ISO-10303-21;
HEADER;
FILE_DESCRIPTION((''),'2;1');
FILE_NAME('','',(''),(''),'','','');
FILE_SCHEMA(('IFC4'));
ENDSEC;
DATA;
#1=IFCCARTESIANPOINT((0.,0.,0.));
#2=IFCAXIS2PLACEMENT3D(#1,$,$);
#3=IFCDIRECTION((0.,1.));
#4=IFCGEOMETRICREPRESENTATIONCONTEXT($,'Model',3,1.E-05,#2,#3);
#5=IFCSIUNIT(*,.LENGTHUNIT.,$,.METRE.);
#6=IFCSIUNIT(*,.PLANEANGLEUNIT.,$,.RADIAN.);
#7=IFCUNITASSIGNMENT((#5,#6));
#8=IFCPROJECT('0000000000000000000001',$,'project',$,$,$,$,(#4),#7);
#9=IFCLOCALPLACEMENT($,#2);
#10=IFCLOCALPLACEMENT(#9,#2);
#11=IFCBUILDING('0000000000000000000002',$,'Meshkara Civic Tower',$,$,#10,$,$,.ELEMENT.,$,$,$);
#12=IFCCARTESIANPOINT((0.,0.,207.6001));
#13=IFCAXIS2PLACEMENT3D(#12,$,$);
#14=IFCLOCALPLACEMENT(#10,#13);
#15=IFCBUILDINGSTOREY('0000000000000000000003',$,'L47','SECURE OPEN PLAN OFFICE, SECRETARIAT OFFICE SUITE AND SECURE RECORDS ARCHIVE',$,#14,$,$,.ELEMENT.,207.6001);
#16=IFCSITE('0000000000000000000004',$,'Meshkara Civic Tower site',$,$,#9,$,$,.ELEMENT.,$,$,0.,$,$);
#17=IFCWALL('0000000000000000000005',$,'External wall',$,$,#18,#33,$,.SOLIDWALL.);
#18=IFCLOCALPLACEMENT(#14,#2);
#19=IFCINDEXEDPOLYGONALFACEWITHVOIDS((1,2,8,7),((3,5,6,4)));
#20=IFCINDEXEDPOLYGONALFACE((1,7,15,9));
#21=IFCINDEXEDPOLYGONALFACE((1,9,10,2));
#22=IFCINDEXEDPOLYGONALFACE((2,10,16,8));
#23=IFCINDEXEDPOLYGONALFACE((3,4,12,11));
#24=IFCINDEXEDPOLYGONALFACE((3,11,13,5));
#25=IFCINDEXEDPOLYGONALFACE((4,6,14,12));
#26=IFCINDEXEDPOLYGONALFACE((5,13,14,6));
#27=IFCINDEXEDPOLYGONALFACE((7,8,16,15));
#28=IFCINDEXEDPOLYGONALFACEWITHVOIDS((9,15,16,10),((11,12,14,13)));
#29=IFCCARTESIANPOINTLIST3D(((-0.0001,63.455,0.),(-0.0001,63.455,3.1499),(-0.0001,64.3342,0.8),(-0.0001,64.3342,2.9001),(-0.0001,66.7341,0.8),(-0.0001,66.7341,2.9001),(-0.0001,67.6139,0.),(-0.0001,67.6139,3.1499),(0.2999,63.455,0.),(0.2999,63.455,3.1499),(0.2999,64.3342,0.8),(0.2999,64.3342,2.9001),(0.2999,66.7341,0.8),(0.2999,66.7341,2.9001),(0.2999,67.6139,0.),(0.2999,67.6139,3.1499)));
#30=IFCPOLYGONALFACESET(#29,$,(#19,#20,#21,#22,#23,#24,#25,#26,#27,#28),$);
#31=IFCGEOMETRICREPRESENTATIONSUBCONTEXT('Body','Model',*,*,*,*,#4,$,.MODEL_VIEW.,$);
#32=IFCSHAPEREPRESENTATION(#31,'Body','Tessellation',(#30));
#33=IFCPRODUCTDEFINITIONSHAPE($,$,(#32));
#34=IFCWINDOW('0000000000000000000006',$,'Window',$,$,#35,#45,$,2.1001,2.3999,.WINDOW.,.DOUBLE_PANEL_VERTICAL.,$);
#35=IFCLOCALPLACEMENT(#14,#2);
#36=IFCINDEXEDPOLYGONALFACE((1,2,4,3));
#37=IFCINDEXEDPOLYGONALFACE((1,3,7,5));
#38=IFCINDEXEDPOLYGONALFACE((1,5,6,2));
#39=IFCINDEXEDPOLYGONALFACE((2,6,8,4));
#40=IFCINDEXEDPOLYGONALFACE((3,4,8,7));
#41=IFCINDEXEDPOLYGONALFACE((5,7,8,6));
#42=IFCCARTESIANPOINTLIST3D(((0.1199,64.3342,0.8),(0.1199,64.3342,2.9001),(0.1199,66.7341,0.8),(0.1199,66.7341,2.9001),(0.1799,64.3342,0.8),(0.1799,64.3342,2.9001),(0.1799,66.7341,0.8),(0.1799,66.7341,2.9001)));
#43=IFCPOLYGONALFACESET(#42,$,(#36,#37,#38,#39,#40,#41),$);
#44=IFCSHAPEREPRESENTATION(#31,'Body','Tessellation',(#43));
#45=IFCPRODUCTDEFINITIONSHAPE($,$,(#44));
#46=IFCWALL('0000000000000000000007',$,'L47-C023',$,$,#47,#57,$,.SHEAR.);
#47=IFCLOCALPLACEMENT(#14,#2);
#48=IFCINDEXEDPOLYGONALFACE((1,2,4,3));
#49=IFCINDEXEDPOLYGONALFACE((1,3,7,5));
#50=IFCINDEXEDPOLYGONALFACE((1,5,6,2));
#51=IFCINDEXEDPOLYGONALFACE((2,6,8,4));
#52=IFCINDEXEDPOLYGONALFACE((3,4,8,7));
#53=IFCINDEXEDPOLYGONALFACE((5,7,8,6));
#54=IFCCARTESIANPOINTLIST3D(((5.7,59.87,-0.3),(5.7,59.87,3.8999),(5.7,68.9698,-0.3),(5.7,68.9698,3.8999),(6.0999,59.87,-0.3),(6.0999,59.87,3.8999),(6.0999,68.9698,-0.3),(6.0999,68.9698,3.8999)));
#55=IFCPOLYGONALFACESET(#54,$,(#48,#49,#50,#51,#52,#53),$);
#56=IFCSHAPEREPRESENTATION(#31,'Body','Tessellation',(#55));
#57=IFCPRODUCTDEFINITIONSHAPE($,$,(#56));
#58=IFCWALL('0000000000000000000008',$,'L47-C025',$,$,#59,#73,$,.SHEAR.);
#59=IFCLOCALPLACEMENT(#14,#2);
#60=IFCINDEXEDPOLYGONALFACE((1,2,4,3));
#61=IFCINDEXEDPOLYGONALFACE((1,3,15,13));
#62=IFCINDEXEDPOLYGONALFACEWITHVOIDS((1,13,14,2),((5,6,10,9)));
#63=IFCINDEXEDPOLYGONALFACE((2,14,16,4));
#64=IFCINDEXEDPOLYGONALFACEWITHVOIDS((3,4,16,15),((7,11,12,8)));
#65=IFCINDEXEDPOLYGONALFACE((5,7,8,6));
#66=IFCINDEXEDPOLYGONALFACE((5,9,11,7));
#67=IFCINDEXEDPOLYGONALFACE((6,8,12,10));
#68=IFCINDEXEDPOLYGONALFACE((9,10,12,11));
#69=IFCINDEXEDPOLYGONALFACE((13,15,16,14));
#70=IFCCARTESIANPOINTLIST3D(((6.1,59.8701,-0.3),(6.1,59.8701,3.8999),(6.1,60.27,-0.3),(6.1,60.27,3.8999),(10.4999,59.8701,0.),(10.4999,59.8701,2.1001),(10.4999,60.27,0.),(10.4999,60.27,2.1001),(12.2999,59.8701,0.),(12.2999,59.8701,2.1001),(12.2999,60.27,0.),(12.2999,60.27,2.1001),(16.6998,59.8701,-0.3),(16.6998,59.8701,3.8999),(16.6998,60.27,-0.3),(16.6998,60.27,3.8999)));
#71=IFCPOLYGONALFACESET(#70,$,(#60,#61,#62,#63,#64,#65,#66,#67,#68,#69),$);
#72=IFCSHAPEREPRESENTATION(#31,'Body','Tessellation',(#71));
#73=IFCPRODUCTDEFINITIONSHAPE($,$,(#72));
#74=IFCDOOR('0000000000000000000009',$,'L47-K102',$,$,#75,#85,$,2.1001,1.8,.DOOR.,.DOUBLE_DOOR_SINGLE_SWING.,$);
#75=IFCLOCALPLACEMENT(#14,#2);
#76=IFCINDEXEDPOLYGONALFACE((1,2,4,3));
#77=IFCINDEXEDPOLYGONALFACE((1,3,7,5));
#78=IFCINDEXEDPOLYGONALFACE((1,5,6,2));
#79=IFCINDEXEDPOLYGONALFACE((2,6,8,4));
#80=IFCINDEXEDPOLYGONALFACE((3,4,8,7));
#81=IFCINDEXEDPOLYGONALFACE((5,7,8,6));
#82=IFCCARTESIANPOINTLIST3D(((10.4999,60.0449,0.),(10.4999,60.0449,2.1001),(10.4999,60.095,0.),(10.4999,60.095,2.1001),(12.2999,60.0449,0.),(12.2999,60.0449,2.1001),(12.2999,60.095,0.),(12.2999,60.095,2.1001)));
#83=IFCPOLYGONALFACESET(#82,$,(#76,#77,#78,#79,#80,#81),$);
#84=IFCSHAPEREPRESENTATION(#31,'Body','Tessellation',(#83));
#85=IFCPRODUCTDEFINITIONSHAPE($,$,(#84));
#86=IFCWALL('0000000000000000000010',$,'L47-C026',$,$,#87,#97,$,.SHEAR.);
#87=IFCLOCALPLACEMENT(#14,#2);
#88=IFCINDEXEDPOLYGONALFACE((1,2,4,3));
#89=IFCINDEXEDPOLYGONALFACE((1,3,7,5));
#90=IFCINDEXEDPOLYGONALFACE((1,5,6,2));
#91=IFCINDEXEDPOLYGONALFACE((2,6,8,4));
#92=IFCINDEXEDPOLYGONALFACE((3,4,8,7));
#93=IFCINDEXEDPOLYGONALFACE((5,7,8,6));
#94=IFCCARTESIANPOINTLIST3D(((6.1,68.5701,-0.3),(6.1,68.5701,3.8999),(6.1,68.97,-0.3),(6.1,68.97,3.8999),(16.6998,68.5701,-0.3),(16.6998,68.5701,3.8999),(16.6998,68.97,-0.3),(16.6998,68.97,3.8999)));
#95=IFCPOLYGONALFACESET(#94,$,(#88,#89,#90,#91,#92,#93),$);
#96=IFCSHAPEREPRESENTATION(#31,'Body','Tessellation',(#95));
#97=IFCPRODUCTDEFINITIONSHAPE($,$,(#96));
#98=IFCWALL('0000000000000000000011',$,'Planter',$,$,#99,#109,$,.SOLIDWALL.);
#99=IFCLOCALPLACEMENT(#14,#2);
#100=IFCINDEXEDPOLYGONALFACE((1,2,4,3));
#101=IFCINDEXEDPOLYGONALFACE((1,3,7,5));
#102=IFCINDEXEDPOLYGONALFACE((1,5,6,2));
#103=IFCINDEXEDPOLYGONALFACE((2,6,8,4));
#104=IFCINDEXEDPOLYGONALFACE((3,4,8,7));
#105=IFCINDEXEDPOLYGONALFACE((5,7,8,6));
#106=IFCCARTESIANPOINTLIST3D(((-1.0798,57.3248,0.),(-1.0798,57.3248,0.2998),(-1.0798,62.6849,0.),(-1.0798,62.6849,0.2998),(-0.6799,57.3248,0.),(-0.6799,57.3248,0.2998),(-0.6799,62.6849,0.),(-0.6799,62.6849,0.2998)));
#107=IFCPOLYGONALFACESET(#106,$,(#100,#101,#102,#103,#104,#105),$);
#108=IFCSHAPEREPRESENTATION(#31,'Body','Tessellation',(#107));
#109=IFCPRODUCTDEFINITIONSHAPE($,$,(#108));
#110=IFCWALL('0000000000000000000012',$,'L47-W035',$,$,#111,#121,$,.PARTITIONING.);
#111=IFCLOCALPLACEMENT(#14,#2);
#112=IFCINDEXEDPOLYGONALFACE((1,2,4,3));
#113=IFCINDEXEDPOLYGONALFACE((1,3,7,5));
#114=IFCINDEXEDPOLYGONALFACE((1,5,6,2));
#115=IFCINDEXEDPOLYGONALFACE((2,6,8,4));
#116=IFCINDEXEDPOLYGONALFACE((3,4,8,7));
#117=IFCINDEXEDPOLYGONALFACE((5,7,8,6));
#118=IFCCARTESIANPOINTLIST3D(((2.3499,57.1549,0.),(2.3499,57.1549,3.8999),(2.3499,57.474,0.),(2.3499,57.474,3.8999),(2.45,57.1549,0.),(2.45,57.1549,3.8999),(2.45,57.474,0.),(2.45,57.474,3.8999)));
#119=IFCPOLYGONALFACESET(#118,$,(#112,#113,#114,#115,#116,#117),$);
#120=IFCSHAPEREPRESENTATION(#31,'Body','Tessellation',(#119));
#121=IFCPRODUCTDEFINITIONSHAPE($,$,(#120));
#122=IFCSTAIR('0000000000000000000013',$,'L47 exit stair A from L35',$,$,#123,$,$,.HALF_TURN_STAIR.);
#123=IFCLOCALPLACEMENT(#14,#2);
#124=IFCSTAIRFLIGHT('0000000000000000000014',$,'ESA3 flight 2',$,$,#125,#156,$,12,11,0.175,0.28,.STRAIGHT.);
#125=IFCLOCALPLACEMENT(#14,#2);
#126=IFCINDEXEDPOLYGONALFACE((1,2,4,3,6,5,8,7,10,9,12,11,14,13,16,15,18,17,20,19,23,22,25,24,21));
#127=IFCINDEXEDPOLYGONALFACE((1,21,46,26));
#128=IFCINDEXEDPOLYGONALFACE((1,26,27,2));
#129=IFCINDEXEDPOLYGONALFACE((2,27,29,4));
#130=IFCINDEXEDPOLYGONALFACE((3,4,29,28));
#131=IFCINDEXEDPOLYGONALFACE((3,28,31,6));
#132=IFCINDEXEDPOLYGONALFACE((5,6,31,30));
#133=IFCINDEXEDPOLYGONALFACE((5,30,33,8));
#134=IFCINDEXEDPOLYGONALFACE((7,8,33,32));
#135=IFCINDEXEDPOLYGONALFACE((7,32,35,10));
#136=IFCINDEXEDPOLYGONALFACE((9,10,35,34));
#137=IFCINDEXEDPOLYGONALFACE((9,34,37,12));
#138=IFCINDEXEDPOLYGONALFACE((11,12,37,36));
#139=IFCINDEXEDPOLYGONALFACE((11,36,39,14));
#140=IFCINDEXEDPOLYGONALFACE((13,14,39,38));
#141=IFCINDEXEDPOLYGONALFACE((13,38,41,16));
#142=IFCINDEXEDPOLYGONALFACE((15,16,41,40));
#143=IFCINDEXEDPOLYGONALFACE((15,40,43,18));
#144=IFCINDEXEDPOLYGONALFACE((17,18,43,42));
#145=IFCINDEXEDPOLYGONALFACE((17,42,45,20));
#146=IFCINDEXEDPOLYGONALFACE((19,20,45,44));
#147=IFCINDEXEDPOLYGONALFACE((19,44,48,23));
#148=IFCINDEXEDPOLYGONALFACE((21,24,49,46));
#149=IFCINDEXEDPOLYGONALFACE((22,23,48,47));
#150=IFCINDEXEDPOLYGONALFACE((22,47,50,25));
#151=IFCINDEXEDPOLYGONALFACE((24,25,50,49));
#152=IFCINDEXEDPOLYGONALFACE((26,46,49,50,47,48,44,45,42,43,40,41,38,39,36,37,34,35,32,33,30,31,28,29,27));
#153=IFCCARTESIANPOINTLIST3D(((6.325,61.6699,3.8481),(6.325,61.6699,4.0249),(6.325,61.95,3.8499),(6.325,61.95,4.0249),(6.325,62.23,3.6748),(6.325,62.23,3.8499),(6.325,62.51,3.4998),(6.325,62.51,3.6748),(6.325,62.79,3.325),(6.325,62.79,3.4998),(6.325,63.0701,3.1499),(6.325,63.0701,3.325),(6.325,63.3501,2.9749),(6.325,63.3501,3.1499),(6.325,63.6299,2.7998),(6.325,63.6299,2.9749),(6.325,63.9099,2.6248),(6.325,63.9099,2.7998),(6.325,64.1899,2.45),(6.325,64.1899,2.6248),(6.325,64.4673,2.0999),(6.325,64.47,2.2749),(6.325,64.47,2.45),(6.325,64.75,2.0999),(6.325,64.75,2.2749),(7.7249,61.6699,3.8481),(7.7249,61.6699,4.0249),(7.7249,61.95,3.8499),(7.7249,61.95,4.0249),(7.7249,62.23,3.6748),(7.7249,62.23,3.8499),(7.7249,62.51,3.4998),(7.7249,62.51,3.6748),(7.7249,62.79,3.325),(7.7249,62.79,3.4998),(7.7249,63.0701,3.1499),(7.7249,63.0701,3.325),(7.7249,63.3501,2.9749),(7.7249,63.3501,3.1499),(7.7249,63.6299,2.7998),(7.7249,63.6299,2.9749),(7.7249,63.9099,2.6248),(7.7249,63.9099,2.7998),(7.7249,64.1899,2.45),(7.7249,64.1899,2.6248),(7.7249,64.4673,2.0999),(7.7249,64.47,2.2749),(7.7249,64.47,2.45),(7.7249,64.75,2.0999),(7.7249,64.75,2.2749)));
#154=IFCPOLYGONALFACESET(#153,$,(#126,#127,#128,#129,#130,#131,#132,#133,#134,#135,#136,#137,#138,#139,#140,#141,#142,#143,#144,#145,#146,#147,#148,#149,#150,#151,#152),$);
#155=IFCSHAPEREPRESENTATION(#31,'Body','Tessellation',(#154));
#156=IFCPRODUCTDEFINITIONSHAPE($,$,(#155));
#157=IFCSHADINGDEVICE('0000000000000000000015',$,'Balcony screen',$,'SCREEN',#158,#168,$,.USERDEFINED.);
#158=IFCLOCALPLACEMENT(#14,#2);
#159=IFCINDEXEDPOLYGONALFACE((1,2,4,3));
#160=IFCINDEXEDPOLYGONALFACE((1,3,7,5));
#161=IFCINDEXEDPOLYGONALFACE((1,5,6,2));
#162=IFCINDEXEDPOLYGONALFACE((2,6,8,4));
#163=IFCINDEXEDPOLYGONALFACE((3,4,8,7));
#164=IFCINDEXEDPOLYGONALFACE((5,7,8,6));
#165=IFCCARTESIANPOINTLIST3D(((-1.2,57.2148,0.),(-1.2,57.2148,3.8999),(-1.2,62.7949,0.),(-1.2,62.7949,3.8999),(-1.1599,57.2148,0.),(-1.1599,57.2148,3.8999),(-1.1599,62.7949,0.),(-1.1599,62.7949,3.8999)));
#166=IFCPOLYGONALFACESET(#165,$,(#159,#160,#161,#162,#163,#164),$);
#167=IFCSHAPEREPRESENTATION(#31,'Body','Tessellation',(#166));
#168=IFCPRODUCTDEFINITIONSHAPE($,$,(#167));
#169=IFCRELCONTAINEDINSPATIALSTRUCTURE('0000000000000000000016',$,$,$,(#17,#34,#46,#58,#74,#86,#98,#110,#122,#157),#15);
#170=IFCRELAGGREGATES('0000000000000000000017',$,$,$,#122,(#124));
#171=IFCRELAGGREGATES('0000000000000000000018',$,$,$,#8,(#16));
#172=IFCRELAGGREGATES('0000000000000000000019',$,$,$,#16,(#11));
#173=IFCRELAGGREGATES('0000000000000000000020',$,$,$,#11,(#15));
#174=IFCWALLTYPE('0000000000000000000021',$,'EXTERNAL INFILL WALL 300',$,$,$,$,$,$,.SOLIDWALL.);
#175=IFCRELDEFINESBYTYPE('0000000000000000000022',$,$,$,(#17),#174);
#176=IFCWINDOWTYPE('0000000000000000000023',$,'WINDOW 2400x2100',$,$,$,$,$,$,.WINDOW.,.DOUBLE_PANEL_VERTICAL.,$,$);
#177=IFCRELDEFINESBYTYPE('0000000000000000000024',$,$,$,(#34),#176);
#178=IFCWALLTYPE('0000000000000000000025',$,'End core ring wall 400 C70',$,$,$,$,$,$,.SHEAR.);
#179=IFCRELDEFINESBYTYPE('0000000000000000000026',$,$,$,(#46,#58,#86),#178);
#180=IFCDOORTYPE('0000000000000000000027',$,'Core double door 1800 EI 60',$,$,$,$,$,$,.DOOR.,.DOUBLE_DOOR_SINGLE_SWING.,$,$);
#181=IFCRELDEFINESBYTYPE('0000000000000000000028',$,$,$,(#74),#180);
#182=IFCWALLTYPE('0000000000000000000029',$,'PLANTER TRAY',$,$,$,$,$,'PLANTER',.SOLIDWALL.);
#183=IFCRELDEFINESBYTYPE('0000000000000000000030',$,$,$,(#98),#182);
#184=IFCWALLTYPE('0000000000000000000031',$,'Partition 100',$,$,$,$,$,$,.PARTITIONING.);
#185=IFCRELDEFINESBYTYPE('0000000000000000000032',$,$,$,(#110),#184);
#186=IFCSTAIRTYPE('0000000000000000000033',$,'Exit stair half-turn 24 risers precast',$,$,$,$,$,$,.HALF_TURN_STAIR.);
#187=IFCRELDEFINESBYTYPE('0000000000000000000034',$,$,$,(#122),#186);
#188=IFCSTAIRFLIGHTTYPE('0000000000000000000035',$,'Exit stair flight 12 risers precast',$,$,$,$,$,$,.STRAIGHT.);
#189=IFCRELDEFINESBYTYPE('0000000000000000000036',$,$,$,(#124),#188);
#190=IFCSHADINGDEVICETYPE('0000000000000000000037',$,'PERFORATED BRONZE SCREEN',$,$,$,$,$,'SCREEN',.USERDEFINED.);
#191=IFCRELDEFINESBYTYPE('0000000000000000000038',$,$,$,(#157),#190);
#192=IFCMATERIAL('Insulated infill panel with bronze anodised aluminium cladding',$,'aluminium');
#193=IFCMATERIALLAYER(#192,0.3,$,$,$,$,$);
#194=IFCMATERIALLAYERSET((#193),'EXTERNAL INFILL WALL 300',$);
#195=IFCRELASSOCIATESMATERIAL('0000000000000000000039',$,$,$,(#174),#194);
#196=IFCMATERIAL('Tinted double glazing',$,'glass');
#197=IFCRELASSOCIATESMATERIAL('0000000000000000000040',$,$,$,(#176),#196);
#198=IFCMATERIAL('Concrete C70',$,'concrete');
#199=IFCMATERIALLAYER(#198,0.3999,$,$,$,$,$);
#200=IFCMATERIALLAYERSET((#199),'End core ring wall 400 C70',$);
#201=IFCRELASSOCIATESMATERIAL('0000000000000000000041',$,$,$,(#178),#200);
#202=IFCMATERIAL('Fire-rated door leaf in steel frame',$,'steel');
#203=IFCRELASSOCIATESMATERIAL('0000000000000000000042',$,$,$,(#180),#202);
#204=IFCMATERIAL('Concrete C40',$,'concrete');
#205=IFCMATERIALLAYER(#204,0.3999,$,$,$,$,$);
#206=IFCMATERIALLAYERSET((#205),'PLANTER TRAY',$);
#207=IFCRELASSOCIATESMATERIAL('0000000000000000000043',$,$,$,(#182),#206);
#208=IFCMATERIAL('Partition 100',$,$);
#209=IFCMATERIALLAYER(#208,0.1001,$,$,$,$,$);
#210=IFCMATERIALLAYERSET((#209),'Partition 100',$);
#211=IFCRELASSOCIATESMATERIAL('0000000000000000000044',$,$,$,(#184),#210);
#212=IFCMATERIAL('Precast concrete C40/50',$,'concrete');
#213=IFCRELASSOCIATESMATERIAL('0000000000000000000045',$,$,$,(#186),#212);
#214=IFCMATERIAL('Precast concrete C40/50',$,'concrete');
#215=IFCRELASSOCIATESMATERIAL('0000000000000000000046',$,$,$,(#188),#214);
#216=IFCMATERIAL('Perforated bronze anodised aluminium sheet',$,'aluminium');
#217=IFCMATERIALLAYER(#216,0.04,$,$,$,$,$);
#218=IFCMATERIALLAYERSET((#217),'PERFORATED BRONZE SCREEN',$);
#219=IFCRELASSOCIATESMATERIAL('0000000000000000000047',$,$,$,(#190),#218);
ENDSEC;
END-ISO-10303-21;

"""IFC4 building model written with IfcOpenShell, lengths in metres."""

from ifc_helpers import new_model, si_unit, direction, frame, frame_2d, origin, origin_2d, place, context, subcontext, project, spatial, polyline, rectangle, outline, extrude, material, layer, layer_set, type_object, element, fill, aggregate, save


model = new_model("IFC4")

# Units and contexts
model_context = context("Model", 3, precision=1e-05, world=origin(), true_north=direction((0.0, 1.0)))
body_context = subcontext(model_context, "Body", "Model", "MODEL_VIEW")
ifc_project = project(units=[si_unit("LENGTHUNIT", "METRE"), si_unit("PLANEANGLEUNIT", "RADIAN")], contexts=[model_context])

# Site, building, storey
site_placement = place(None, origin())
site = spatial("IfcSite", under=ifc_project, at=site_placement, Name="Meshkara Civic Tower site", CompositionType="ELEMENT", RefElevation=0.0)
building_placement = place(site_placement, origin())
building = spatial("IfcBuilding", under=site, at=building_placement, Name="Meshkara Civic Tower", CompositionType="ELEMENT")
storey_placement = place(building_placement, frame((0.0, 0.0, 207.6001)))
storey = spatial("IfcBuildingStorey", under=building, at=storey_placement, Name="L47", Description="SECURE OPEN PLAN OFFICE, SECRETARIAT OFFICE SUITE AND SECURE RECORDS ARCHIVE", CompositionType="ELEMENT", Elevation=207.6001)

# Wall, opening, window
ifc_material_1 = material(Name="Insulated infill panel with bronze anodised aluminium cladding", Category="aluminium")
ifc_layer_1 = layer(ifc_material_1, 0.3)
ifc_layer_set_1 = layer_set([ifc_layer_1], Name="EXTERNAL INFILL WALL 300")
wall_type_1 = type_object("IfcWallType", Name="EXTERNAL INFILL WALL 300", PredefinedType="SOLIDWALL", material=ifc_layer_set_1)
wall_1_placement = place(storey_placement, frame((0.1499, 67.614, 0.0), z_axis=(0.0, 0.0, 1.0), x_axis=(0.0, -1.0, 0.0)))
wall_1 = element("IfcWall", 1, at=wall_1_placement, inside=storey, type_object=wall_type_1, Name="External wall", PredefinedType="SOLIDWALL", context=body_context, shape_type="SweptSolid", body=[
    extrude(rectangle(XDim=4.1589, YDim=0.3, at=frame_2d((2.0796, 0.0))), origin(), (0.0, 0.0, 1.0), 3.1499),
])
opening_1_placement = place(wall_1_placement, frame((0.8799, 0.0, 0.8)))
opening_1 = element("IfcOpeningElement", 2, at=opening_1_placement, cuts=wall_1, PredefinedType="OPENING", context=body_context, shape_type="SweptSolid", body=[
    extrude(rectangle(XDim=2.3999, YDim=2.1001, at=frame_2d((1.2, 1.05))), frame((0.0, 0.1599, 0.0), z_axis=(0.0, -1.0, 0.0), x_axis=(1.0, 0.0, 0.0)), (0.0, 0.0, 1.0), 0.3201),
])
ifc_material_2 = material(Name="Tinted double glazing", Category="glass")
window_type_1 = type_object("IfcWindowType", Name="WINDOW 2400x2100", PartitioningType="DOUBLE_PANEL_VERTICAL", PredefinedType="WINDOW", material=ifc_material_2)
window_1_placement = place(opening_1_placement, origin())
window_1 = element("IfcWindow", 3, at=window_1_placement, inside=storey, type_object=window_type_1, Name="Window", OverallHeight=2.1001, OverallWidth=2.3999, PartitioningType="DOUBLE_PANEL_VERTICAL", PredefinedType="WINDOW", context=body_context, shape_type="SweptSolid", body=[
    extrude(rectangle(XDim=2.3999, YDim=2.1001, at=frame_2d((1.2, 1.05))), frame((0.0, 0.03, 0.0), z_axis=(0.0, -1.0, 0.0), x_axis=(1.0, 0.0, 0.0)), (0.0, 0.0, 1.0), 0.0601),
])
fill(opening_1, window_1)

# Wall
ifc_material_3 = material(Name="Concrete C70", Category="concrete")
ifc_layer_2 = layer(ifc_material_3, 0.3999)
ifc_layer_set_2 = layer_set([ifc_layer_2], Name="End core ring wall 400 C70")
wall_type_2 = type_object("IfcWallType", Name="End core ring wall 400 C70", PredefinedType="SHEAR", material=ifc_layer_set_2)
wall_2_placement = place(storey_placement, frame((5.8999, 59.8701, -0.3), z_axis=(0.0, 0.0, 1.0), x_axis=(0.0, 1.0, 0.0)))
element("IfcWall", 4, at=wall_2_placement, inside=storey, type_object=wall_type_2, Name="L47-C023", PredefinedType="SHEAR", context=body_context, shape_type="SweptSolid", body=[
    extrude(rectangle(XDim=9.0999, YDim=0.3999, at=frame_2d((4.5498, 0.0))), origin(), (0.0, 0.0, 1.0), 4.2),
])

# Wall, opening, door
wall_3_placement = place(storey_placement, frame((6.1001, 60.0701, -0.3), z_axis=(0.0, 0.0, 1.0), x_axis=(1.0, 0.0, 0.0)))
wall_3 = element("IfcWall", 5, at=wall_3_placement, inside=storey, type_object=wall_type_2, Name="L47-C025", PredefinedType="SHEAR", context=body_context, shape_type="SweptSolid", body=[
    extrude(rectangle(XDim=10.5999, YDim=0.3999, at=frame_2d((5.2998, 0.0))), origin(), (0.0, 0.0, 1.0), 4.2),
])
opening_2_placement = place(wall_3_placement, frame((4.3999, 0.0, 0.3)))
opening_2 = element("IfcOpeningElement", 6, at=opening_2_placement, cuts=wall_3, PredefinedType="OPENING", context=body_context, shape_type="SweptSolid", body=[
    extrude(rectangle(XDim=1.8, YDim=2.1001, at=frame_2d((0.8999, 1.05))), frame((0.0, 0.21, 0.0), z_axis=(0.0, -1.0, 0.0), x_axis=(1.0, 0.0, 0.0)), (0.0, 0.0, 1.0), 0.4199),
])
ifc_material_4 = material(Name="Fire-rated door leaf in steel frame", Category="steel")
door_type_1 = type_object("IfcDoorType", Name="Core double door 1800 EI 60", OperationType="DOUBLE_DOOR_SINGLE_SWING", PredefinedType="DOOR", material=ifc_material_4)
door_1_placement = place(opening_2_placement, origin())
door_1 = element("IfcDoor", 7, at=door_1_placement, inside=storey, type_object=door_type_1, Name="L47-K102", OperationType="DOUBLE_DOOR_SINGLE_SWING", OverallHeight=2.1001, OverallWidth=1.8, PredefinedType="DOOR", context=body_context, shape_type="SweptSolid", body=[
    extrude(rectangle(XDim=1.8, YDim=2.1001, at=frame_2d((0.8999, 1.05))), frame((0.0, 0.0249, 0.0), z_axis=(0.0, -1.0, 0.0), x_axis=(1.0, 0.0, 0.0)), (0.0, 0.0, 1.0), 0.05),
])
fill(opening_2, door_1)

# Wall
wall_4_placement = place(storey_placement, frame((6.1001, 68.77, -0.3), z_axis=(0.0, 0.0, 1.0), x_axis=(1.0, 0.0, 0.0)))
element("IfcWall", 8, at=wall_4_placement, inside=storey, type_object=wall_type_2, Name="L47-C026", PredefinedType="SHEAR", context=body_context, shape_type="SweptSolid", body=[
    extrude(rectangle(XDim=10.5999, YDim=0.3999, at=frame_2d((5.2998, 0.0))), origin(), (0.0, 0.0, 1.0), 4.2),
])

# Walls
ifc_material_5 = material(Name="Concrete C40", Category="concrete")
ifc_layer_3 = layer(ifc_material_5, 0.3999)
ifc_layer_set_3 = layer_set([ifc_layer_3], Name="PLANTER TRAY")
wall_type_3 = type_object("IfcWallType", Name="PLANTER TRAY", ElementType="PLANTER", PredefinedType="SOLIDWALL", material=ifc_layer_set_3)
wall_5_placement = place(storey_placement, frame((-0.8799, 62.6851, 0.0), z_axis=(0.0, 0.0, 1.0), x_axis=(0.0, -1.0, 0.0)))
element("IfcWall", 9, at=wall_5_placement, inside=storey, type_object=wall_type_3, Name="Planter", PredefinedType="SOLIDWALL", context=body_context, shape_type="SweptSolid", body=[
    extrude(rectangle(XDim=5.3601, YDim=0.3999, at=frame_2d((2.6802, 0.0))), origin(), (0.0, 0.0, 1.0), 0.2998),
])
ifc_material_6 = material(Name="Partition 100")
ifc_layer_4 = layer(ifc_material_6, 0.1001)
ifc_layer_set_4 = layer_set([ifc_layer_4], Name="Partition 100")
wall_type_4 = type_object("IfcWallType", Name="Partition 100", PredefinedType="PARTITIONING", material=ifc_layer_set_4)
wall_6_placement = place(storey_placement, frame((2.3999, 57.4741, 0.0), z_axis=(0.0, 0.0, 1.0), x_axis=(0.0, -1.0, 0.0)))
element("IfcWall", 10, at=wall_6_placement, inside=storey, type_object=wall_type_4, Name="L47-W035", PredefinedType="PARTITIONING", context=body_context, shape_type="SweptSolid", body=[
    extrude(rectangle(XDim=0.3191, YDim=0.1001, at=frame_2d((0.1597, 0.0))), origin(), (0.0, 0.0, 1.0), 3.8999),
])

# Stair, stair flight
ifc_material_7 = material(Name="Precast concrete C40/50", Category="concrete")
stair_type = type_object("IfcStairType", Name="Exit stair half-turn 24 risers precast", PredefinedType="HALF_TURN_STAIR", material=ifc_material_7)
stair_placement = place(storey_placement, origin())
stair = element("IfcStair", 11, at=stair_placement, inside=storey, type_object=stair_type, Name="L47 exit stair A from L35", PredefinedType="HALF_TURN_STAIR")
ifc_material_8 = material(Name="Precast concrete C40/50", Category="concrete")
stair_flight_type = type_object("IfcStairFlightType", Name="Exit stair flight 12 risers precast", PredefinedType="STRAIGHT", material=ifc_material_8)
stair_flight_placement = place(storey_placement, frame((7.0249, 64.75, 2.0999), z_axis=(0.0, 0.0, 1.0), x_axis=(0.0, -1.0, 0.0)))
stair_flight = element("IfcStairFlight", 12, at=stair_flight_placement, type_object=stair_flight_type, Name="ESA3 flight 2", NumberOfRisers=12, NumberOfTreads=11, PredefinedType="STRAIGHT", RiserHeight=0.175, TreadLength=0.28, context=body_context, shape_type="SweptSolid", body=[
    extrude(outline(polyline([(0.0, 0.0), (0.0, 0.175), (0.28, 0.175), (0.28, 0.3501), (0.5601, 0.3501), (0.5601, 0.5249), (0.8401, 0.5249), (0.8401, 0.7), (1.1201, 0.7), (1.1201, 0.875), (1.3999, 0.875), (1.3999, 1.05), (1.6799, 1.05), (1.6799, 1.2251), (1.96, 1.2251), (1.96, 1.3999), (2.24, 1.3999), (2.24, 1.575), (2.52, 1.575), (2.52, 1.75), (2.8, 1.75), (2.8, 1.925), (3.0801, 1.925), (3.0801, 2.1001), (3.0801, 1.7483), (0.2827, 0.0), (0.0, 0.0)])), frame((0.0, 0.7, 0.0), z_axis=(0.0, -1.0, 0.0), x_axis=(1.0, 0.0, 0.0)), (0.0, 0.0, 1.0), 1.3999),
])
aggregate(stair, [stair_flight])

# Shading device
ifc_material_9 = material(Name="Perforated bronze anodised aluminium sheet", Category="aluminium")
ifc_layer_5 = layer(ifc_material_9, 0.04)
ifc_layer_set_5 = layer_set([ifc_layer_5], Name="PERFORATED BRONZE SCREEN")
shading_device_type = type_object("IfcShadingDeviceType", Name="PERFORATED BRONZE SCREEN", ElementType="SCREEN", PredefinedType="USERDEFINED", material=ifc_layer_set_5)
shading_device_placement = place(storey_placement, frame((-1.1799, 60.0049, 0.0), z_axis=(0.0, 0.0, 1.0), x_axis=(0.0, -1.0, 0.0)))
element("IfcShadingDevice", 13, at=shading_device_placement, inside=storey, type_object=shading_device_type, Name="Balcony screen", ObjectType="SCREEN", PredefinedType="USERDEFINED", context=body_context, shape_type="SweptSolid", body=[
    extrude(rectangle(XDim=5.5801, YDim=0.04, at=origin_2d()), origin(), (0.0, 0.0, 1.0), 3.8999),
])

save(model, "model.ifc")
